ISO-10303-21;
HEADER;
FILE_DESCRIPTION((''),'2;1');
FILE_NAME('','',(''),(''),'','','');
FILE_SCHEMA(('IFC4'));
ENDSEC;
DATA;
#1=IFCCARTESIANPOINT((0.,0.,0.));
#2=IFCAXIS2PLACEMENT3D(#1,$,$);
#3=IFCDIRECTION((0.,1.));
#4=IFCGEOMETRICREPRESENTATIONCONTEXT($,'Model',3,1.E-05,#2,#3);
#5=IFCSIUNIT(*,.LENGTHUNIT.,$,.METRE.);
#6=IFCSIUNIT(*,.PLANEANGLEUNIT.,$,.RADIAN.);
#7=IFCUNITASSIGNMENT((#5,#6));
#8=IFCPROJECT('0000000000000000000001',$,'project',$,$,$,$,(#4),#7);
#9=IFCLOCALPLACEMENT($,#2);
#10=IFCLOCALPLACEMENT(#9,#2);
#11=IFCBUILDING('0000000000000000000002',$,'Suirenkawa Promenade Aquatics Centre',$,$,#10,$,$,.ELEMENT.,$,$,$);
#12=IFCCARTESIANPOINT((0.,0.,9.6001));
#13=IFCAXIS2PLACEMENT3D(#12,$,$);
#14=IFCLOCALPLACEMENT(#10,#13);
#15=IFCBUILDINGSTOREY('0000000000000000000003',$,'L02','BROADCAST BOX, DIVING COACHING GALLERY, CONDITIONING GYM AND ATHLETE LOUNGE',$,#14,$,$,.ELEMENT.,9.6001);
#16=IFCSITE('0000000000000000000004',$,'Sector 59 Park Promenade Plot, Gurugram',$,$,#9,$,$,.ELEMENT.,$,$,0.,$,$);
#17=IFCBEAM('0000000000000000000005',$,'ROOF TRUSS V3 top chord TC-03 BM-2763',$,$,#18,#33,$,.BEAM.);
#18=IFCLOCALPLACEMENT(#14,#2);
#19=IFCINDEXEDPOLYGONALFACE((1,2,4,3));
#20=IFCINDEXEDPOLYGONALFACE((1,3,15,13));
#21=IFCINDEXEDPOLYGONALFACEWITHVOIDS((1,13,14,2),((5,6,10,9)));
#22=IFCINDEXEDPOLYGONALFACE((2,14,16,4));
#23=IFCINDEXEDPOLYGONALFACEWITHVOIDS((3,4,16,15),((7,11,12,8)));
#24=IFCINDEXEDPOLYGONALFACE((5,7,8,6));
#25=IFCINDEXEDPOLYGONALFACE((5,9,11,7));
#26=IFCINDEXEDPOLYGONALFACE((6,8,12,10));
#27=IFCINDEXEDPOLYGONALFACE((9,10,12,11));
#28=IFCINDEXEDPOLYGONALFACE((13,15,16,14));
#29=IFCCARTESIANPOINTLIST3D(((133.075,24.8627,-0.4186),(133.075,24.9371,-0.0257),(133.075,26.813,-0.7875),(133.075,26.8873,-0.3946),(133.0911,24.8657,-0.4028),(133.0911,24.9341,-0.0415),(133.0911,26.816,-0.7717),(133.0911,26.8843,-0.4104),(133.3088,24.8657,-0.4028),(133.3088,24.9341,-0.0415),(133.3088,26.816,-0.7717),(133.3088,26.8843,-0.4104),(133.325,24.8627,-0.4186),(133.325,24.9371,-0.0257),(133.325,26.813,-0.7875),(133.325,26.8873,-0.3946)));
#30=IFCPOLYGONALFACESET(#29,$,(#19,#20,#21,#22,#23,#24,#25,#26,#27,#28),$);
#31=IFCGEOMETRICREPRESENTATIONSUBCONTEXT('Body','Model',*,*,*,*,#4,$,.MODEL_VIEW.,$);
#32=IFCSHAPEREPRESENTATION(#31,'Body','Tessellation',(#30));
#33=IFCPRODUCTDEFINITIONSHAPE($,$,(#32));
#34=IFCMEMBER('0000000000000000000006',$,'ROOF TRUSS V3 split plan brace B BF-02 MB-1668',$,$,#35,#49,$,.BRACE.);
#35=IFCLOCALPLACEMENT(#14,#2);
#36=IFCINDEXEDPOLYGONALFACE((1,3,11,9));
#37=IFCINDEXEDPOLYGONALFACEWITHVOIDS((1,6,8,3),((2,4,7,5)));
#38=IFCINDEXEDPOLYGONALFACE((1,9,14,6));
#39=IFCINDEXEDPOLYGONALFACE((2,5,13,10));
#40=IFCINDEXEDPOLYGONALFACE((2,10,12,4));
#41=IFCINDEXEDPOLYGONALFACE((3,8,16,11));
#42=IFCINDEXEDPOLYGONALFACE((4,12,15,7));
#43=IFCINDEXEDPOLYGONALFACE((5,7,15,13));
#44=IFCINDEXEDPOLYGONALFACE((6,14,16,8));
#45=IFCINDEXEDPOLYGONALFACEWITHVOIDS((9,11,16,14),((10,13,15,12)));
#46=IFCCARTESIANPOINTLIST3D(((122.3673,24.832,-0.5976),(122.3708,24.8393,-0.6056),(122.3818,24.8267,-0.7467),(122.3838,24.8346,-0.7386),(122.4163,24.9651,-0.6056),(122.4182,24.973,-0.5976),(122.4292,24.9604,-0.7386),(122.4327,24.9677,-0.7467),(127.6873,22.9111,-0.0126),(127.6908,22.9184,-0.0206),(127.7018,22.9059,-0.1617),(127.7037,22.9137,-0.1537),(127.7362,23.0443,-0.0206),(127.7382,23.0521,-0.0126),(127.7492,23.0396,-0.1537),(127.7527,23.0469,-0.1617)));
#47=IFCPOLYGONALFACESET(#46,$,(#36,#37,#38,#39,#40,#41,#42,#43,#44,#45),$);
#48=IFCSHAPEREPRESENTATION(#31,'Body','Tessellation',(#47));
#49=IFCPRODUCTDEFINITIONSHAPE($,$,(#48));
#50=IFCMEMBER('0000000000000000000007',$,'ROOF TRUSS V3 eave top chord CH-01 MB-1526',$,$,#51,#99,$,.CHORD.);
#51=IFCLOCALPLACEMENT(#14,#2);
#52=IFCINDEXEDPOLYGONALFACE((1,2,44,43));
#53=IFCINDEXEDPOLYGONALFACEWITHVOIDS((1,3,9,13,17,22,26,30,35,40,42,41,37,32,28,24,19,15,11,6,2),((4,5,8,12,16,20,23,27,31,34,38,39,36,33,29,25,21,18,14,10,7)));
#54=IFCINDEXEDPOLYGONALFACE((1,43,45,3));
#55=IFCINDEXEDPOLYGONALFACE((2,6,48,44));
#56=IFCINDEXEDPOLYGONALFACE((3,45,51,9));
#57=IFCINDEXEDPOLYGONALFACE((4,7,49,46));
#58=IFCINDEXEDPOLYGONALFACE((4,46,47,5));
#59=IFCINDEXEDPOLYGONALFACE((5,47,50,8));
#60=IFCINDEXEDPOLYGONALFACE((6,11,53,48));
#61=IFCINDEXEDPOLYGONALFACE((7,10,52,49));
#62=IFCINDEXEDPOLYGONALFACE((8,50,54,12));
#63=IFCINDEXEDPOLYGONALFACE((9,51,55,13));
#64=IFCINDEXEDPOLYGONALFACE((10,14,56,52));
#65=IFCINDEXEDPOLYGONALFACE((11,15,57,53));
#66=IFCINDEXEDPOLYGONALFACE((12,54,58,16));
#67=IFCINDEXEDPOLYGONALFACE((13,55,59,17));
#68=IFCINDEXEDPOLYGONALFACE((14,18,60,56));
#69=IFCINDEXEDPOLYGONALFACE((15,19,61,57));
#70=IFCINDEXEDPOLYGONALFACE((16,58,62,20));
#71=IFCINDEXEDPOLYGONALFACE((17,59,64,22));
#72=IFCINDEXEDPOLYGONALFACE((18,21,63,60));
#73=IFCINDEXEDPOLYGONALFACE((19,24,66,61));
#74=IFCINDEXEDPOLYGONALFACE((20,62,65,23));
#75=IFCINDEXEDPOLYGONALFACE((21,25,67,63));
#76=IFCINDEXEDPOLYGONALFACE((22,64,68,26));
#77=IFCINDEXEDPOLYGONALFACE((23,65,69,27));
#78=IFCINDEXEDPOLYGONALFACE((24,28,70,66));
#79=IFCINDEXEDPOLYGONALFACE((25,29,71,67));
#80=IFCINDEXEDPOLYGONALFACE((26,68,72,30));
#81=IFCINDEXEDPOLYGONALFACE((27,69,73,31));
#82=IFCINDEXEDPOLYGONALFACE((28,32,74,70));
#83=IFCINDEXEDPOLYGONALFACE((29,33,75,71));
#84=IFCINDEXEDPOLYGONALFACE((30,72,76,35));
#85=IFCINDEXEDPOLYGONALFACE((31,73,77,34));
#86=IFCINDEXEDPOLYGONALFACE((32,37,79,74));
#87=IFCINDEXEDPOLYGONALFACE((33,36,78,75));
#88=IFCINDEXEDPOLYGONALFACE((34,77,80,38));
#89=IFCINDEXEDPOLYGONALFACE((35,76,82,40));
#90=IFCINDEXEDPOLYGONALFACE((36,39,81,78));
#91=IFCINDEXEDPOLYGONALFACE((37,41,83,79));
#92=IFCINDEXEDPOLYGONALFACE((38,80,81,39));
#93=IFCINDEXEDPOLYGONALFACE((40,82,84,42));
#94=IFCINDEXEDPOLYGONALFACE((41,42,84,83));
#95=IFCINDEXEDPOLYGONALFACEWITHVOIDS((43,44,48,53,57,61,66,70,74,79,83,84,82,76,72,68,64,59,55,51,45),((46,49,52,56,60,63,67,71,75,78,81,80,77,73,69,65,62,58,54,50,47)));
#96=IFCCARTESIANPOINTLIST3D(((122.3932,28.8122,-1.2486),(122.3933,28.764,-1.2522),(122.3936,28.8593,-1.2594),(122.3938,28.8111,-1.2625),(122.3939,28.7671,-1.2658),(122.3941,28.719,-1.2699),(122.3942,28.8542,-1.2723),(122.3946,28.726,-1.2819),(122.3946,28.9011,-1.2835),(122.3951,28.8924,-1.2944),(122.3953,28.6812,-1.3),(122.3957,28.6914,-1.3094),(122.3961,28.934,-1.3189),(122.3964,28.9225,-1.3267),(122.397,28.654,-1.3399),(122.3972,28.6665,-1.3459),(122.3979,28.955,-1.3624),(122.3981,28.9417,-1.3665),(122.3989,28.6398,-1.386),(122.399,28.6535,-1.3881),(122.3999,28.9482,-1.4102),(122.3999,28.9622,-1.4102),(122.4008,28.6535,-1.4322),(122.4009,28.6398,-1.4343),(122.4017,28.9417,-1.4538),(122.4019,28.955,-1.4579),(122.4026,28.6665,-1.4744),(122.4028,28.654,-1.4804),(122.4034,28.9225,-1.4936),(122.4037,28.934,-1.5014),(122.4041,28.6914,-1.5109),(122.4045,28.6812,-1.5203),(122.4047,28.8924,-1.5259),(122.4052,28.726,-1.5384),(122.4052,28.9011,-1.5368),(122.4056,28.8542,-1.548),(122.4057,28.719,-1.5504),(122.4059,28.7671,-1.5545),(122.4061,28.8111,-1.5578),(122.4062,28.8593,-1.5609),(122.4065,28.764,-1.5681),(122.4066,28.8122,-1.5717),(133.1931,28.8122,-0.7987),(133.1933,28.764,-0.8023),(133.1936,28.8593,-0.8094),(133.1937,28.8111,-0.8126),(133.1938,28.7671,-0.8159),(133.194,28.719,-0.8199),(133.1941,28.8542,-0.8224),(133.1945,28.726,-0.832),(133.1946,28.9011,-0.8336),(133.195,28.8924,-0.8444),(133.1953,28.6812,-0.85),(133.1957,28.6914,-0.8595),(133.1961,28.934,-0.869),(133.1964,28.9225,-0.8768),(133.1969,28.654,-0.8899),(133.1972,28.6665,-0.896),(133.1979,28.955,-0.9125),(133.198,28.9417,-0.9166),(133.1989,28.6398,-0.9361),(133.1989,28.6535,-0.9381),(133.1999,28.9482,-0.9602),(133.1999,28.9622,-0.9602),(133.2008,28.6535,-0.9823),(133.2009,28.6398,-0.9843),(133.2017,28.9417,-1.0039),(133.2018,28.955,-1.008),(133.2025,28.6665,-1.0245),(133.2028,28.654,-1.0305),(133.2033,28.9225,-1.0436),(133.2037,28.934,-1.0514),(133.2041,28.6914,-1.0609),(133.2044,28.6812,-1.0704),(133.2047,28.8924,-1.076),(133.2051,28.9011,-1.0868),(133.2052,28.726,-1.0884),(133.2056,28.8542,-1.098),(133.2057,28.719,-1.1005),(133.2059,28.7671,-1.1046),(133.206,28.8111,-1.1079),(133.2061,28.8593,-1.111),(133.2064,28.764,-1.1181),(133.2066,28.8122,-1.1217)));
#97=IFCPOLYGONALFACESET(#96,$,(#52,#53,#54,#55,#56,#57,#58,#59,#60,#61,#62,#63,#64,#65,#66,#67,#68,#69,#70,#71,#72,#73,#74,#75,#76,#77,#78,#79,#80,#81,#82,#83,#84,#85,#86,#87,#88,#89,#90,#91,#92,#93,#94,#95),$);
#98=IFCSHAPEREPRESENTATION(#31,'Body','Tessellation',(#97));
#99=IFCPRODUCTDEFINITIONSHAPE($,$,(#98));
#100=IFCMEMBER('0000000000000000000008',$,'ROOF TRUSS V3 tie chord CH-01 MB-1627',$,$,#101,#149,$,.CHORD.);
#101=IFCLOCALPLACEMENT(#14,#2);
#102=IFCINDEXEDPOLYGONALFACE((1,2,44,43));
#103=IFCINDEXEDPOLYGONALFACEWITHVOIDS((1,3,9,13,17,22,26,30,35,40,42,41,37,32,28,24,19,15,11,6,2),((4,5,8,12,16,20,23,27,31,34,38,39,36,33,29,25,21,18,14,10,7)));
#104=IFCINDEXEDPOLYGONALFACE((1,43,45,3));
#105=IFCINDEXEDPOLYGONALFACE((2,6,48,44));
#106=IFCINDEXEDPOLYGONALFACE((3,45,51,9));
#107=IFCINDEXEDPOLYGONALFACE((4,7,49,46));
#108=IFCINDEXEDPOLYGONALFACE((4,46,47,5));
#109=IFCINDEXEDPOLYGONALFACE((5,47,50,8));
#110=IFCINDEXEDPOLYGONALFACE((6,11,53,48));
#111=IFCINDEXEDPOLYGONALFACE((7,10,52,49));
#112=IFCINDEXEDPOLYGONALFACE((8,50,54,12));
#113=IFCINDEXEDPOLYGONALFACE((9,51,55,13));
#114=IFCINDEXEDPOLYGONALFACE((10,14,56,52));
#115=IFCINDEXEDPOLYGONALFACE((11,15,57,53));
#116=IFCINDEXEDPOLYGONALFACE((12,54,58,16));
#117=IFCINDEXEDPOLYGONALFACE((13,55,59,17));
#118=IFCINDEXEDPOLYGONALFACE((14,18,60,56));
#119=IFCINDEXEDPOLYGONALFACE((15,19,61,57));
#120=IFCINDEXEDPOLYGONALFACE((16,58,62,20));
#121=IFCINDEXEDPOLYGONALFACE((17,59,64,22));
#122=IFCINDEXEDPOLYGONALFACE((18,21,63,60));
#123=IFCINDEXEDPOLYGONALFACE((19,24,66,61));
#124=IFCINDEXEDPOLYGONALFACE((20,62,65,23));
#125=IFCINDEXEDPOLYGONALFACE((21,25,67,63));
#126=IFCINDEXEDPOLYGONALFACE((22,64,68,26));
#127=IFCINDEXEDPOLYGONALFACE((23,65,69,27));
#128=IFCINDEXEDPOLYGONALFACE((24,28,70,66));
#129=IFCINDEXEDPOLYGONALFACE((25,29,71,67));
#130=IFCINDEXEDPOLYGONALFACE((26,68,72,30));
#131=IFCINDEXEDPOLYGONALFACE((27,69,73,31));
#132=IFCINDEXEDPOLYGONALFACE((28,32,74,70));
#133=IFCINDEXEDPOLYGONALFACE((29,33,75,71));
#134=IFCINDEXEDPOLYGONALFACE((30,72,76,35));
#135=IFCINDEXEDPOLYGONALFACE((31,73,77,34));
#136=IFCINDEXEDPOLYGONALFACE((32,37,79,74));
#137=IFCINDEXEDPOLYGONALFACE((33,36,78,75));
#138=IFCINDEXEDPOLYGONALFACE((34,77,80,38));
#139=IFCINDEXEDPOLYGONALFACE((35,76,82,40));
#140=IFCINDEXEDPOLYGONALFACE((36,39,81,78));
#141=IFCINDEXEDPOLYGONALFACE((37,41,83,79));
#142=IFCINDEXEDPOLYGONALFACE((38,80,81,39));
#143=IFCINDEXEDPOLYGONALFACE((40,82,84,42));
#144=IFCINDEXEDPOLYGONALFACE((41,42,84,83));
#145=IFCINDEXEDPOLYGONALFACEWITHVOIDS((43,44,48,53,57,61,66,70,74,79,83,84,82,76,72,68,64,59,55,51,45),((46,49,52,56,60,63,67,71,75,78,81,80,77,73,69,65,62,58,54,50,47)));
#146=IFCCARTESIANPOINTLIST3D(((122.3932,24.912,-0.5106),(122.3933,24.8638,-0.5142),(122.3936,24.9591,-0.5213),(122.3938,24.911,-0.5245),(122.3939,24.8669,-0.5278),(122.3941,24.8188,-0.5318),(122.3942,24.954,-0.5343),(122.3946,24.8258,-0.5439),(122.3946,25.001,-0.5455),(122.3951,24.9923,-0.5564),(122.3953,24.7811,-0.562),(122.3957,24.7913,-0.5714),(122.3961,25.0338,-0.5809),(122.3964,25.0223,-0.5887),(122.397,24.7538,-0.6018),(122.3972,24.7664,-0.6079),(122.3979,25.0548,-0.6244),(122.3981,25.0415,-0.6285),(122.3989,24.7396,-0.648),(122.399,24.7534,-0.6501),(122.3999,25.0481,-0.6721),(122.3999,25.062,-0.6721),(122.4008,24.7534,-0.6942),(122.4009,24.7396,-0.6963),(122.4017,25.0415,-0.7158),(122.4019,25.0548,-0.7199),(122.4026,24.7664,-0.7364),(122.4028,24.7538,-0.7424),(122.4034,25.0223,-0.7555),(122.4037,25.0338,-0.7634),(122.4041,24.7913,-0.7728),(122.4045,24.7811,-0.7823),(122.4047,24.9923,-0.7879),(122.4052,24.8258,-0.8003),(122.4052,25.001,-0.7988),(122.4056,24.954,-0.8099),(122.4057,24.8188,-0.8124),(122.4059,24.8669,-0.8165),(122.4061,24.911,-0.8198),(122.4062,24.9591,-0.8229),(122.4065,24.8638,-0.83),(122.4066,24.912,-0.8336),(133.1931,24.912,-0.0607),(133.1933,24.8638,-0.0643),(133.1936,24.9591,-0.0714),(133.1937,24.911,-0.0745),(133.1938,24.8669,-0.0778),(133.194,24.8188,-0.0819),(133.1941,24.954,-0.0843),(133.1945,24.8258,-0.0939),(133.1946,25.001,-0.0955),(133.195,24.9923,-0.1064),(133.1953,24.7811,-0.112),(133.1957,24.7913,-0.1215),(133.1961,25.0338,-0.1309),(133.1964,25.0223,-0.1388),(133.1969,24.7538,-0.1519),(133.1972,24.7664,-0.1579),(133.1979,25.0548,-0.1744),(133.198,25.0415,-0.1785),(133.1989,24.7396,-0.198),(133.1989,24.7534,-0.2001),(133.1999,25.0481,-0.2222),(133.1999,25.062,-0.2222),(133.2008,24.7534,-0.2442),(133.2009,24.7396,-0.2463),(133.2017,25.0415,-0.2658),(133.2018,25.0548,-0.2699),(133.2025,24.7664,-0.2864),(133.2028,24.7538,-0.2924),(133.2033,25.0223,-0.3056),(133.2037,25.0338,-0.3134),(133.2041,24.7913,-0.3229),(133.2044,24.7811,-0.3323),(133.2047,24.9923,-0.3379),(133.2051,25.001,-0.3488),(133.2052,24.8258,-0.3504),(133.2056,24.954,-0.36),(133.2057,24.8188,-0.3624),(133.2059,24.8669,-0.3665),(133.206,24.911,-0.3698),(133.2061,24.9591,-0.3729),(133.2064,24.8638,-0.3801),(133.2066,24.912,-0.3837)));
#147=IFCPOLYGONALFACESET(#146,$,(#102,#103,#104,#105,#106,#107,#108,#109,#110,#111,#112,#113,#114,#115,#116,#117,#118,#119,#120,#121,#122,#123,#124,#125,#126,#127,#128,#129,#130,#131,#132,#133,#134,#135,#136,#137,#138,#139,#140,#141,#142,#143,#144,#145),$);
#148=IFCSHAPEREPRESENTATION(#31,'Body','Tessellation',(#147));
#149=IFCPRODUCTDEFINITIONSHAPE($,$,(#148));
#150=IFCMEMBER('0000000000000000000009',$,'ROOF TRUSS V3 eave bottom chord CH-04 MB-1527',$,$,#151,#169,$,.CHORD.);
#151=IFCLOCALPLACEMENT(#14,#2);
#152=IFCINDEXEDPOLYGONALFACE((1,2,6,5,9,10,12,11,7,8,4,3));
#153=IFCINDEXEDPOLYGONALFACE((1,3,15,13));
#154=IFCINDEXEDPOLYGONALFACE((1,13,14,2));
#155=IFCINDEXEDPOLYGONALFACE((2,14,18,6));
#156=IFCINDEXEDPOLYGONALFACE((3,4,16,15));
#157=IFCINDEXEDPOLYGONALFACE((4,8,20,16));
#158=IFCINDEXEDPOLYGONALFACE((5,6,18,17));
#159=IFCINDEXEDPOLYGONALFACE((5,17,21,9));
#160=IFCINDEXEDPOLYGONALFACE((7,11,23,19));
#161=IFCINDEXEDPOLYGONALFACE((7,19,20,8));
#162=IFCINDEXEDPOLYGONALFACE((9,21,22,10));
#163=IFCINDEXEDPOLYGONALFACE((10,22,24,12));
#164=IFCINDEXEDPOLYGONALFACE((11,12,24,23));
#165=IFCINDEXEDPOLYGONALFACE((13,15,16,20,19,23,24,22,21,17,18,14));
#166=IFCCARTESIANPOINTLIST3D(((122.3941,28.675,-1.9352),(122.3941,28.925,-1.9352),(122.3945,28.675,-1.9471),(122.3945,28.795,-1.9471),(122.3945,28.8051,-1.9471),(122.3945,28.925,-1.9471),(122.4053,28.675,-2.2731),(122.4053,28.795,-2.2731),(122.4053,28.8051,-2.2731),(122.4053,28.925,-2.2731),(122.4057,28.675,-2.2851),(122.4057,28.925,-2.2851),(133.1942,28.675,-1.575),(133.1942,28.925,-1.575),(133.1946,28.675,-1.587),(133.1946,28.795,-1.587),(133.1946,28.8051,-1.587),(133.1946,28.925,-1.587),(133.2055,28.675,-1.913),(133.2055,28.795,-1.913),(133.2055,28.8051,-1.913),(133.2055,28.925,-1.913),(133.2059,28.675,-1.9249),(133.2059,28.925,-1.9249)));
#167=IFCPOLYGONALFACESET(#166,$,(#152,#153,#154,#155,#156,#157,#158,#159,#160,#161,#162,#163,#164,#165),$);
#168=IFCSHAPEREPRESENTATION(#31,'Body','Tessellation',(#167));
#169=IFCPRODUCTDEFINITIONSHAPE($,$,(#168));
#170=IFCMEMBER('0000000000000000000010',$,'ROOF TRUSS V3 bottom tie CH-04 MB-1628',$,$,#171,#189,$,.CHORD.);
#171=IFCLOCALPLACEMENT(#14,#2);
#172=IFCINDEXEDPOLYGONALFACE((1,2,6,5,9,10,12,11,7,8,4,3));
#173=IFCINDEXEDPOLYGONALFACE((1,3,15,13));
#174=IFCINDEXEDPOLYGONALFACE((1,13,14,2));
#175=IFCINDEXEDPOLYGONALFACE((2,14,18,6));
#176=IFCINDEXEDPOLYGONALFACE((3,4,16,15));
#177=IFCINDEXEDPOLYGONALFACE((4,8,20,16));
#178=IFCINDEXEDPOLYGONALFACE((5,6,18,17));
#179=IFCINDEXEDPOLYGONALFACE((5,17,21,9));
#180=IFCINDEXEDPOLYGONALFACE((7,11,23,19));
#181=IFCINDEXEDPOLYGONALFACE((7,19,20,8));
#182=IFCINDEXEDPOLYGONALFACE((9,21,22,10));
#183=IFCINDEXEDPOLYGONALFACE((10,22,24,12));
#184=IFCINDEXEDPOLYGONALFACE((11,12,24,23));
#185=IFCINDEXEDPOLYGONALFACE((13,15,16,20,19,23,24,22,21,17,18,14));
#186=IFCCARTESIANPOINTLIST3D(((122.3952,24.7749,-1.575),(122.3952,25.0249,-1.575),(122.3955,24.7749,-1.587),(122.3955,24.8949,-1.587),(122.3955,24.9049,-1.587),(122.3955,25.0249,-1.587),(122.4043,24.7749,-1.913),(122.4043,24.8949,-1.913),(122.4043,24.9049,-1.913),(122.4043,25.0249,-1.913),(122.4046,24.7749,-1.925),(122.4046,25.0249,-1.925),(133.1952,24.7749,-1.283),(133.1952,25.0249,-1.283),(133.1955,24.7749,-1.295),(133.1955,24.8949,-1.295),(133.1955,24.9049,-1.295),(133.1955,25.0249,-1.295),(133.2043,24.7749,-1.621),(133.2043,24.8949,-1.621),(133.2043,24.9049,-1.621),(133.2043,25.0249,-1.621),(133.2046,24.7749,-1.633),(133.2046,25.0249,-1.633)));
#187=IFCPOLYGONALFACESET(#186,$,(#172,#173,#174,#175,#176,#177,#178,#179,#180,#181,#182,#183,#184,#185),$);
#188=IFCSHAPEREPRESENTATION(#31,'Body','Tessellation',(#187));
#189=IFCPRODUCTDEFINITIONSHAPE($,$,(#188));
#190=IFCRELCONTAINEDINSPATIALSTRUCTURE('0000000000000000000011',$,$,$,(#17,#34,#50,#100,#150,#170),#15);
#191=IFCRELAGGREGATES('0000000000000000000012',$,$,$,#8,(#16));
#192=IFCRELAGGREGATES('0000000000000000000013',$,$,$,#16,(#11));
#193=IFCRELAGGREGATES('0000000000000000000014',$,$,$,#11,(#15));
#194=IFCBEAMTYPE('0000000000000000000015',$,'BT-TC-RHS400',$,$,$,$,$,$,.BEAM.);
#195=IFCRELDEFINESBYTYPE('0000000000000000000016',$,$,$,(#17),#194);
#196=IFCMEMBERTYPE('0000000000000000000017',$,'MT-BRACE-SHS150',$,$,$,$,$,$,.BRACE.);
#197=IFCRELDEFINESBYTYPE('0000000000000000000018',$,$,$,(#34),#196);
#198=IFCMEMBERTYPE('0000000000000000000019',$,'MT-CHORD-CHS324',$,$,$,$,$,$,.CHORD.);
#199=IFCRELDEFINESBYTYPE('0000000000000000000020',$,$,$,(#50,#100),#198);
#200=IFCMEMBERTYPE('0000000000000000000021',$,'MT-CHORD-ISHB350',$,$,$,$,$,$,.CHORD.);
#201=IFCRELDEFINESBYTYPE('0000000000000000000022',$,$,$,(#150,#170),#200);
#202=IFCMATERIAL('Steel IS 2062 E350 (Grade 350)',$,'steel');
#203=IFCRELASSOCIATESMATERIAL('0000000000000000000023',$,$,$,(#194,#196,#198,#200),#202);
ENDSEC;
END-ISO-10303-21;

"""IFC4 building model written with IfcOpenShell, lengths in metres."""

from ifc_helpers import new_model, si_unit, direction, frame, origin, origin_2d, place, context, subcontext, project, spatial, hollow_rectangle, hollow_circle, i_section, extrude, material, material_profile, profile_set, type_object, element, save


model = new_model("IFC4")

# Units and contexts
model_context = context("Model", 3, precision=1e-05, world=origin(), true_north=direction((0.0, 1.0)))
body_context = subcontext(model_context, "Body", "Model", "MODEL_VIEW")
ifc_project = project(units=[si_unit("LENGTHUNIT", "METRE"), si_unit("PLANEANGLEUNIT", "RADIAN")], contexts=[model_context])

# Site, building, storey
site_placement = place(None, origin())
site = spatial("IfcSite", under=ifc_project, at=site_placement, Name="Sector 59 Park Promenade Plot, Gurugram", CompositionType="ELEMENT", RefElevation=0.0)
building_placement = place(site_placement, origin())
building = spatial("IfcBuilding", under=site, at=building_placement, Name="Suirenkawa Promenade Aquatics Centre", CompositionType="ELEMENT")
storey_placement = place(building_placement, frame((0.0, 0.0, 9.6001)))
storey = spatial("IfcBuildingStorey", under=building, at=storey_placement, Name="L02", Description="BROADCAST BOX, DIVING COACHING GALLERY, CONDITIONING GYM AND ATHLETE LOUNGE", CompositionType="ELEMENT", Elevation=9.6001)

# Beam
ifc_material_1 = material(Name="Steel IS 2062 E350 (Grade 350)", Category="steel")
ifc_material_profile_1 = material_profile(ifc_material_1, hollow_rectangle(XDim=0.25, YDim=0.3999, WallThickness=0.0161, at=origin_2d()), Name="RHS 400x250x16", Category="steel")
ifc_profile_set_1 = profile_set([ifc_material_profile_1], Name="Steel IS 2062 E350 (Grade 350)")
beam_type_1 = type_object("IfcBeamType", Name="BT-TC-RHS400", PredefinedType="BEAM", material=ifc_profile_set_1)
beam_1_placement = place(storey_placement, frame((133.2, 24.8999, -0.2222), z_axis=(0.0, 0.982576, -0.185863), x_axis=(-1.0, 0.0, 0.0)))
element("IfcBeam", 1, at=beam_1_placement, inside=storey, type_object=beam_type_1, Name="ROOF TRUSS V3 top chord TC-03 BM-2763", PredefinedType="BEAM", context=body_context, shape_type="SweptSolid", body=[
    extrude(hollow_rectangle(XDim=0.25, YDim=0.3999, WallThickness=0.0161, at=origin_2d()), origin(), (0.0, 0.0, 1.0), 1.9849),
])

# Members
ifc_material_profile_2 = material_profile(ifc_material_1, hollow_rectangle(XDim=0.1499, YDim=0.1499, WallThickness=0.0081, at=origin_2d()), Name="SHS 150x150x8", Category="steel")
ifc_profile_set_2 = profile_set([ifc_material_profile_2], Name="Steel IS 2062 E350 (Grade 350)")
member_type_1 = type_object("IfcMemberType", Name="MT-BRACE-SHS150", PredefinedType="BRACE", material=ifc_profile_set_2)
member_1_placement = place(storey_placement, frame((127.72, 22.979, -0.0872), z_axis=(-0.935577, 0.337806, -0.10287), x_axis=(-0.339607, -0.940567, 0.0)))
element("IfcMember", 2, at=member_1_placement, inside=storey, type_object=member_type_1, Name="ROOF TRUSS V3 split plan brace B BF-02 MB-1668", PredefinedType="BRACE", context=body_context, shape_type="SweptSolid", body=[
    extrude(hollow_rectangle(XDim=0.1499, YDim=0.1499, WallThickness=0.0081, at=origin_2d()), origin(), (0.0, 0.0, 1.0), 5.6863),
])
ifc_material_profile_3 = material_profile(ifc_material_1, hollow_circle(Radius=0.1621, WallThickness=0.0139, at=origin_2d()), Name="CHS 324x14", Category="steel")
ifc_profile_set_3 = profile_set([ifc_material_profile_3], Name="Steel IS 2062 E350 (Grade 350)")
member_type_2 = type_object("IfcMemberType", Name="MT-CHORD-CHS324", PredefinedType="CHORD", material=ifc_profile_set_3)
for number, where, z_axis, x_axis, name in (
    (3, (122.3999, 28.8, -1.4102), (0.999133, 0.0, 0.041626), (0.0, 1.0, 0.0), "ROOF TRUSS V3 eave top chord CH-01 MB-1526"),
    (4, (122.3999, 24.8999, -0.6721), (0.999133, 0.0, 0.041626), (0.0, 1.0, 0.0), "ROOF TRUSS V3 tie chord CH-01 MB-1627"),
):
    element("IfcMember", number, at=place(storey_placement, frame(where, z_axis=z_axis, x_axis=x_axis)), inside=storey, type_object=member_type_2, Name=name, PredefinedType="CHORD", context=body_context, shape_type="SweptSolid", body=[
        extrude(hollow_circle(Radius=0.1621, WallThickness=0.0139, at=origin_2d()), origin(), (0.0, 0.0, 1.0), 10.8093),
    ])
ifc_material_profile_4 = material_profile(ifc_material_1, i_section(OverallWidth=0.25, OverallDepth=0.3501, WebThickness=0.01, FlangeThickness=0.012, at=origin_2d()), Name="ISHB 350", Category="steel")
ifc_profile_set_4 = profile_set([ifc_material_profile_4], Name="Steel IS 2062 E350 (Grade 350)")
member_type_3 = type_object("IfcMemberType", Name="MT-CHORD-ISHB350", PredefinedType="CHORD", material=ifc_profile_set_4)
member_2_placement = place(storey_placement, frame((122.3999, 28.8, -2.1101), z_axis=(0.999445, 0.0, 0.033325), x_axis=(0.0, 1.0, 0.0)))
element("IfcMember", 5, at=member_2_placement, inside=storey, type_object=member_type_3, Name="ROOF TRUSS V3 eave bottom chord CH-04 MB-1527", PredefinedType="CHORD", context=body_context, shape_type="SweptSolid", body=[
    extrude(i_section(OverallWidth=0.25, OverallDepth=0.3501, WebThickness=0.01, FlangeThickness=0.012, at=origin_2d()), origin(), (0.0, 0.0, 1.0), 10.8062),
])
member_3_placement = place(storey_placement, frame((122.3999, 24.8999, -1.75), z_axis=(0.999635, 0.0, 0.027026), x_axis=(0.0, 1.0, 0.0)))
element("IfcMember", 6, at=member_3_placement, inside=storey, type_object=member_type_3, Name="ROOF TRUSS V3 bottom tie CH-04 MB-1628", PredefinedType="CHORD", context=body_context, shape_type="SweptSolid", body=[
    extrude(i_section(OverallWidth=0.25, OverallDepth=0.3501, WebThickness=0.01, FlangeThickness=0.012, at=origin_2d()), origin(), (0.0, 0.0, 1.0), 10.804),
])

save(model, "model.ifc")
